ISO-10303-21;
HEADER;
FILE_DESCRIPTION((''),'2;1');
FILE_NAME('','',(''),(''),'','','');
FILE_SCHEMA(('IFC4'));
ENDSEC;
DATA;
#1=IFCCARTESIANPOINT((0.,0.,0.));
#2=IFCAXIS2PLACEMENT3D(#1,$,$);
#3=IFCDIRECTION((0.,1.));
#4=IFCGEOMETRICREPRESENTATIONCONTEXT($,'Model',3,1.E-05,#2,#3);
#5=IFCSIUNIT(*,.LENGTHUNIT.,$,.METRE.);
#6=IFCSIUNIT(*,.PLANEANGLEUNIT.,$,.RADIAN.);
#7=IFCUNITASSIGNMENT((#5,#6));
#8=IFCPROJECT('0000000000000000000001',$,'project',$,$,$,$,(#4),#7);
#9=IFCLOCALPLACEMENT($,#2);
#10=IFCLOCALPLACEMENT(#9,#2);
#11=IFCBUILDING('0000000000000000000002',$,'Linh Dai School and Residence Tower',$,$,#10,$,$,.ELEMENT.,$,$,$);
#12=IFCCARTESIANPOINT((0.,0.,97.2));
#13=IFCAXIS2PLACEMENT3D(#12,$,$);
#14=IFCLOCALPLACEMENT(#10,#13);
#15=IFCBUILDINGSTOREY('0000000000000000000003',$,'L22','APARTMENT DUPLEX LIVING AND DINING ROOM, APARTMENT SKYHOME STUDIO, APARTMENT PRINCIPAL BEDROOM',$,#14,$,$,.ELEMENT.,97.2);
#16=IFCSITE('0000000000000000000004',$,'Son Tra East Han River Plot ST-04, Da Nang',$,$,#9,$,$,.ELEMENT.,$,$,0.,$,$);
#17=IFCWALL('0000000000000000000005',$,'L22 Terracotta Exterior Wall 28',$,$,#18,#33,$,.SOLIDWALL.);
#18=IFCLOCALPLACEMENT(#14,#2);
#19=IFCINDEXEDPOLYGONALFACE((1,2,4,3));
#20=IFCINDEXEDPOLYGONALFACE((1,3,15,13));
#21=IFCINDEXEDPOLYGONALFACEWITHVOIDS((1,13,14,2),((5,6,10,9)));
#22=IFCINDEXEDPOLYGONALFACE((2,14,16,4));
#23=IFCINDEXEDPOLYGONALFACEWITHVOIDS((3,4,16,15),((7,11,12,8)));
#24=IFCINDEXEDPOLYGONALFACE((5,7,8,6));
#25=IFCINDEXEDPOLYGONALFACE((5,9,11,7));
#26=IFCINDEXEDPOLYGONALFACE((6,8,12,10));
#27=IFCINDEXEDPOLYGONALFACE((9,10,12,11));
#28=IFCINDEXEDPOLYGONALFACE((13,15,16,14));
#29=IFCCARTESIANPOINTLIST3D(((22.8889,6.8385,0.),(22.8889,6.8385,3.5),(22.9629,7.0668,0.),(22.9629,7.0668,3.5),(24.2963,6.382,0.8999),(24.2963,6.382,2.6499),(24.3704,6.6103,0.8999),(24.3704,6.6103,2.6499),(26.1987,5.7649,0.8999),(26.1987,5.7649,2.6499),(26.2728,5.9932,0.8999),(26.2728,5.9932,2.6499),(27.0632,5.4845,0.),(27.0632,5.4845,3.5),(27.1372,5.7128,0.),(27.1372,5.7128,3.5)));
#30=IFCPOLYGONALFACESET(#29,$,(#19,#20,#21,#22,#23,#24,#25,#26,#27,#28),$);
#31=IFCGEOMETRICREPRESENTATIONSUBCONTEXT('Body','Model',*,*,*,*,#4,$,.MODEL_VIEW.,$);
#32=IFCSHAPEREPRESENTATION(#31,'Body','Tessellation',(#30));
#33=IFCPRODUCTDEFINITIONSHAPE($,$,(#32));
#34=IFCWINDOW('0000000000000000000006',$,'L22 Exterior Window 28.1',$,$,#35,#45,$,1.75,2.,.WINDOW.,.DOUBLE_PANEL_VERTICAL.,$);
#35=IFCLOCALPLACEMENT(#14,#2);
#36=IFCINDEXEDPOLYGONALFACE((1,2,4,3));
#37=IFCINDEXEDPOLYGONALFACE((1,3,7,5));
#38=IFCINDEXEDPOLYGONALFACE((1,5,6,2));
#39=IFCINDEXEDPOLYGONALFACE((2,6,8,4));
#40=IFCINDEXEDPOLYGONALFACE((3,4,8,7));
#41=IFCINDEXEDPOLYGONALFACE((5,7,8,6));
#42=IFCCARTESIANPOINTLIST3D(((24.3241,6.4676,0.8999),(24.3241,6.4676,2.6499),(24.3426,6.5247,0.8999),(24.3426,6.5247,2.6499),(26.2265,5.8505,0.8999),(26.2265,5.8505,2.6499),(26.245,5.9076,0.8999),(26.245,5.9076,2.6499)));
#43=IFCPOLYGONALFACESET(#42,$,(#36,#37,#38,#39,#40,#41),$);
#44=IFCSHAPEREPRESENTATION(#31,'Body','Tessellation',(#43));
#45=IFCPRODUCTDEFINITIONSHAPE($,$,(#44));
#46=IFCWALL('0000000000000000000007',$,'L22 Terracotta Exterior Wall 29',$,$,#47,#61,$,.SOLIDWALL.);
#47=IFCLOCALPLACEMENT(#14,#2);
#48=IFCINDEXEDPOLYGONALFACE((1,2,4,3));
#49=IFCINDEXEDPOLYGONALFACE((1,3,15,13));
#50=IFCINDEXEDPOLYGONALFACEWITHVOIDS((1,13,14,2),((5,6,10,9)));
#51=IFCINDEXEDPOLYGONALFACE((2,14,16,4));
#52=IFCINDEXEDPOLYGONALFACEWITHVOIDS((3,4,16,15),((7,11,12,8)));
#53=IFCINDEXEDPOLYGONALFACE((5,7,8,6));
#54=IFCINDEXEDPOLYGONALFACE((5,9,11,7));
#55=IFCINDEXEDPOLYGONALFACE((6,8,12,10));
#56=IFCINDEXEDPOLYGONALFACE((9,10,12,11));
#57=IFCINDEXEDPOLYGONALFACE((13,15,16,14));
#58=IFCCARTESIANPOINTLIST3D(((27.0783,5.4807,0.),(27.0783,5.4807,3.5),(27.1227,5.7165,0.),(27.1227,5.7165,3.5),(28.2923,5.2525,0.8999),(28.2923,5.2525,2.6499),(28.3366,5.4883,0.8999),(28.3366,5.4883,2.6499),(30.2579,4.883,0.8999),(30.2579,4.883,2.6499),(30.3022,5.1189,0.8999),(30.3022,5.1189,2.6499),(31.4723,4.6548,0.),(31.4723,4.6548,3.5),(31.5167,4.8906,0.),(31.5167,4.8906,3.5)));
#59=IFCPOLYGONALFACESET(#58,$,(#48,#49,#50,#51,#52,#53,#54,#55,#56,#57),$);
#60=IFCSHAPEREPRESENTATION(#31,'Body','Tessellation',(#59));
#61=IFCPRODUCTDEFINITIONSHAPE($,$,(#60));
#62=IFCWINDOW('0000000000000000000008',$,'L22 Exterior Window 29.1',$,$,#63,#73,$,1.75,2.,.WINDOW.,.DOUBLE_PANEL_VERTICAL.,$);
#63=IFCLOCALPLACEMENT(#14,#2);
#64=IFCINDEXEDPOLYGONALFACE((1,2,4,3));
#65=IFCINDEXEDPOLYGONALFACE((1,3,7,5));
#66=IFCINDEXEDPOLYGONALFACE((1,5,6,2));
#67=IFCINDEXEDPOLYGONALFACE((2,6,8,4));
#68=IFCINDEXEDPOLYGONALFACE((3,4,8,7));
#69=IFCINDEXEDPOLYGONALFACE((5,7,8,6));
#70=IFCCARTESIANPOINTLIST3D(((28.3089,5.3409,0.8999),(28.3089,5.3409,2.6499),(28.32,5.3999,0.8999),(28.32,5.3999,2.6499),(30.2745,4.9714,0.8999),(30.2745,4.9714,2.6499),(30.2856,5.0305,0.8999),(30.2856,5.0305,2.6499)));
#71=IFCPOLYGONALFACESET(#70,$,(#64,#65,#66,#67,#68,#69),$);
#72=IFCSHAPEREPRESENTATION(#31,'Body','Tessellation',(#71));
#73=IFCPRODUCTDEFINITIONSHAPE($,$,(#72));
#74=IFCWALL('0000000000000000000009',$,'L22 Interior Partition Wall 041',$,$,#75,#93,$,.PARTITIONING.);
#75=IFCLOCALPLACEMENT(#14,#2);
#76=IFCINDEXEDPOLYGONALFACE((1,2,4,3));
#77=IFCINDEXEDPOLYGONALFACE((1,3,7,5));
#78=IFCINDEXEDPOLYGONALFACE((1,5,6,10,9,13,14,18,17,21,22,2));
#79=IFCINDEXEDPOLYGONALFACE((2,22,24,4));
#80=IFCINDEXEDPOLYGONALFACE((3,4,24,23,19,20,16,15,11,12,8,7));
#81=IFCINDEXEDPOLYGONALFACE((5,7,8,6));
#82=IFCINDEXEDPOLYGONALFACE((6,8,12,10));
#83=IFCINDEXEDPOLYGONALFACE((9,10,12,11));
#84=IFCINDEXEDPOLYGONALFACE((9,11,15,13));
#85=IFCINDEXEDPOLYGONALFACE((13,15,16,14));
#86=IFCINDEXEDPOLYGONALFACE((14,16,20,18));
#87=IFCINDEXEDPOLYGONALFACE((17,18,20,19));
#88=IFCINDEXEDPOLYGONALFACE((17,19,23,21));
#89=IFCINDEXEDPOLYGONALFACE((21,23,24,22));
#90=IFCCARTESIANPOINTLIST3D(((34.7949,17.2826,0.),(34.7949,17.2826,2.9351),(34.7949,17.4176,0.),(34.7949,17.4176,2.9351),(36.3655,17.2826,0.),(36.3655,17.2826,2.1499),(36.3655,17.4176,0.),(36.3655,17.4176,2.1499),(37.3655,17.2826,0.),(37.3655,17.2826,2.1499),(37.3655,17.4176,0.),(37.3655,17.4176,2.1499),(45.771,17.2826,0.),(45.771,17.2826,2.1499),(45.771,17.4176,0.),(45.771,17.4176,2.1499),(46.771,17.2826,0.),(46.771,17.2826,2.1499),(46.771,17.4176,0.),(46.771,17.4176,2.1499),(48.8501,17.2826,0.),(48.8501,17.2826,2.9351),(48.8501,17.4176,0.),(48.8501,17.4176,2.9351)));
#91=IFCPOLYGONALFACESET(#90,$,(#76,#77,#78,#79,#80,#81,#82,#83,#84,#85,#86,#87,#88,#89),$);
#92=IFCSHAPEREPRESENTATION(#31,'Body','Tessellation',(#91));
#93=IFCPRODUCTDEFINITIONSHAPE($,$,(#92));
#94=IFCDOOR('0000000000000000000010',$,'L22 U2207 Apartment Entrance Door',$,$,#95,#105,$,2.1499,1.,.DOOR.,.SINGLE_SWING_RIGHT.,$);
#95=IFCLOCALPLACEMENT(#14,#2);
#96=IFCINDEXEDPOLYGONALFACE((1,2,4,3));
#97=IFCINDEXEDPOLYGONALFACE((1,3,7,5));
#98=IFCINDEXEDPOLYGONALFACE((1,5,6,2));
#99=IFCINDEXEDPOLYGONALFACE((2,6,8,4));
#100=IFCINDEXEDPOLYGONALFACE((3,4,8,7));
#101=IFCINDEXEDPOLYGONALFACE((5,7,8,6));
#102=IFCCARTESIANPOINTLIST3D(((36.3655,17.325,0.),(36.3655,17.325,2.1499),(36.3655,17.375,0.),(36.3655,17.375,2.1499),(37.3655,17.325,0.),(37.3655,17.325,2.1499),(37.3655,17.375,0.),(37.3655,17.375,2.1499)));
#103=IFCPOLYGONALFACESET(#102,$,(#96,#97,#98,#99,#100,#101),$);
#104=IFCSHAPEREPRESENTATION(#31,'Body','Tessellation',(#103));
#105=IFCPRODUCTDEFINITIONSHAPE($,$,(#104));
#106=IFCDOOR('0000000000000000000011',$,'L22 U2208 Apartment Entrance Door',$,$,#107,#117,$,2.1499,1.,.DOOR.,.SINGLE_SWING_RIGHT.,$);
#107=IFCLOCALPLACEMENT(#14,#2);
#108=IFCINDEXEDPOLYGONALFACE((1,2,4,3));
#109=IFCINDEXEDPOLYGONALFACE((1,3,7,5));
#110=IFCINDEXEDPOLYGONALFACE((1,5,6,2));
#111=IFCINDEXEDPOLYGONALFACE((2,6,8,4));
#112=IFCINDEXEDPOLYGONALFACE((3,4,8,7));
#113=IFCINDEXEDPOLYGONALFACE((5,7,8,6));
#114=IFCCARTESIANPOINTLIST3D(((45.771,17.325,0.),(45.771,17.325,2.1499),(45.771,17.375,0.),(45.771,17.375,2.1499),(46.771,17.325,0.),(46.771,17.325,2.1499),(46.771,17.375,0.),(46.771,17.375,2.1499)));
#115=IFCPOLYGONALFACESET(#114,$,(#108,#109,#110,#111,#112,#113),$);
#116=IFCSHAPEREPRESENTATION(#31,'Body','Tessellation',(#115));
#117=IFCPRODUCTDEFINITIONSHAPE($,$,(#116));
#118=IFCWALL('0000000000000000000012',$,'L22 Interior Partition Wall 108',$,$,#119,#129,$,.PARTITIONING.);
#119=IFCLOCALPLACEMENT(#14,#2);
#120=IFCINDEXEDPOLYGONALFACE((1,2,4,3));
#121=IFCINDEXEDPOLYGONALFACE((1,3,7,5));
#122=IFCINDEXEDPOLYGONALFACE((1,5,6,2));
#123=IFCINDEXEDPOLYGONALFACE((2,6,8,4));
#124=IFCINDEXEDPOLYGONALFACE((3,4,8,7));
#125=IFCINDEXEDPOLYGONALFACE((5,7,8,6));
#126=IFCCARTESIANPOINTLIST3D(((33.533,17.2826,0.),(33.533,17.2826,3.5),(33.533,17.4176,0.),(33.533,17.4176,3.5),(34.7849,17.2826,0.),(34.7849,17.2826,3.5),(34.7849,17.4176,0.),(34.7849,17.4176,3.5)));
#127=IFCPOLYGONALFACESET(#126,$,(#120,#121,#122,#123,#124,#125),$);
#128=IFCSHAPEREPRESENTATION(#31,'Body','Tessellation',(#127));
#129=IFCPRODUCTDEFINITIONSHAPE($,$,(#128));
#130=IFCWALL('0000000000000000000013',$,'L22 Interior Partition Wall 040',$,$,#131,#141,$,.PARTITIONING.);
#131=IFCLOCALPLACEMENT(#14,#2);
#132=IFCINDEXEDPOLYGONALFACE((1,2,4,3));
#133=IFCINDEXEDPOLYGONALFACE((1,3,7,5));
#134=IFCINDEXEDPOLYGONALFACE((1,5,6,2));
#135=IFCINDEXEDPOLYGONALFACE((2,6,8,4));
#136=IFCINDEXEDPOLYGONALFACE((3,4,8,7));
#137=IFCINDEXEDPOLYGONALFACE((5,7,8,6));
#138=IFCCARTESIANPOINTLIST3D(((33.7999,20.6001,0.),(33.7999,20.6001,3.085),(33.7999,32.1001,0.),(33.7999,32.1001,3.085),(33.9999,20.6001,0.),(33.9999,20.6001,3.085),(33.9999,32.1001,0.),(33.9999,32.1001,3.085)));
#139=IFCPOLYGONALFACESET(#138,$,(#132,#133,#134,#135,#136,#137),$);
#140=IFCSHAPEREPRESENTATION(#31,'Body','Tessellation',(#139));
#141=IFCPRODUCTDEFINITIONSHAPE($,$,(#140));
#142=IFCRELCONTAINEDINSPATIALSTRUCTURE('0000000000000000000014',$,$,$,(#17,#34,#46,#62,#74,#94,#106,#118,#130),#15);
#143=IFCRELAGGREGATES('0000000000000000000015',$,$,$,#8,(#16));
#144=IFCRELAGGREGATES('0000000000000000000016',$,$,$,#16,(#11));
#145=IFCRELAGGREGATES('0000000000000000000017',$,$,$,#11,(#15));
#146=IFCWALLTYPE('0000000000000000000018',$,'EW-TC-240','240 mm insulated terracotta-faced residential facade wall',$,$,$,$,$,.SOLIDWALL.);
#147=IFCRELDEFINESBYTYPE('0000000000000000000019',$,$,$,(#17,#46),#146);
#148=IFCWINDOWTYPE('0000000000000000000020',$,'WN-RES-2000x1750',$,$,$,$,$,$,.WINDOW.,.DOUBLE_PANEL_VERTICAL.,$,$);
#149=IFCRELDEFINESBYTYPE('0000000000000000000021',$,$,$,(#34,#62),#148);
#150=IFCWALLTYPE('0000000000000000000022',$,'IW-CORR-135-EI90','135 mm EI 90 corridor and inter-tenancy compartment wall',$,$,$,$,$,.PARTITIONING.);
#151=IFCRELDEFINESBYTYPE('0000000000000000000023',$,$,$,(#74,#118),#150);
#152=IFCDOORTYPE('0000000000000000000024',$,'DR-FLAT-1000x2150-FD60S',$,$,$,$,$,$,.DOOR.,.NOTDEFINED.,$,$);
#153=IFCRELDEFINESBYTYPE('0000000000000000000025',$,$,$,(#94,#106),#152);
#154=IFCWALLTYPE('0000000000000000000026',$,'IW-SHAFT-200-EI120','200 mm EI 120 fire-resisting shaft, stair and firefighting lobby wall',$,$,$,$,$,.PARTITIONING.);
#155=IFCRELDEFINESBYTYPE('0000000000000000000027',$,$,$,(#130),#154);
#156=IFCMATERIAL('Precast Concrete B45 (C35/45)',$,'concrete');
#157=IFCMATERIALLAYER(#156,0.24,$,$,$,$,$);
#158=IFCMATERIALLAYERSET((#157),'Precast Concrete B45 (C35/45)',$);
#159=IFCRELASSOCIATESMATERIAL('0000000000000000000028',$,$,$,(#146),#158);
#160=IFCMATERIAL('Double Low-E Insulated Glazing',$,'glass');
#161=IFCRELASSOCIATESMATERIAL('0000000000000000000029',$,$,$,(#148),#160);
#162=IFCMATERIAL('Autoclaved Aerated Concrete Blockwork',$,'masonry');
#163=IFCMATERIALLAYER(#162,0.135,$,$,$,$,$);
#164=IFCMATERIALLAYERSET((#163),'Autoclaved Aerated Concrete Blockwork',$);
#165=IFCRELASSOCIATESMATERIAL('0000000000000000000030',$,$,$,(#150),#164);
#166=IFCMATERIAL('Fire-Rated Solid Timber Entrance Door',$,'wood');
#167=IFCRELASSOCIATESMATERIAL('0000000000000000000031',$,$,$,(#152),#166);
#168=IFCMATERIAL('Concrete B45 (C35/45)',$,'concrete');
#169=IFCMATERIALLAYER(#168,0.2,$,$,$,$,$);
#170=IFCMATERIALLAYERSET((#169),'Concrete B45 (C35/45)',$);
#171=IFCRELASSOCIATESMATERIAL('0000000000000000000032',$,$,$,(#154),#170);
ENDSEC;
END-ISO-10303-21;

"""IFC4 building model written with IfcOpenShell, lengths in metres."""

from ifc_helpers import new_model, si_unit, direction, frame, frame_2d, origin, origin_2d, place, context, subcontext, project, spatial, rectangle, extrude, source, transform, mapped, material, layer, layer_set, type_object, element, fill, save


model = new_model("IFC4")

# Units and contexts
model_context = context("Model", 3, precision=1e-05, world=origin(), true_north=direction((0.0, 1.0)))
body_context = subcontext(model_context, "Body", "Model", "MODEL_VIEW")
ifc_project = project(units=[si_unit("LENGTHUNIT", "METRE"), si_unit("PLANEANGLEUNIT", "RADIAN")], contexts=[model_context])

# Site, building, storey
site_placement = place(None, origin())
site = spatial("IfcSite", under=ifc_project, at=site_placement, Name="Son Tra East Han River Plot ST-04, Da Nang", CompositionType="ELEMENT", RefElevation=0.0)
building_placement = place(site_placement, origin())
building = spatial("IfcBuilding", under=site, at=building_placement, Name="Linh Dai School and Residence Tower", CompositionType="ELEMENT")
storey_placement = place(building_placement, frame((0.0, 0.0, 97.2)))
storey = spatial("IfcBuildingStorey", under=building, at=storey_placement, Name="L22", Description="APARTMENT DUPLEX LIVING AND DINING ROOM, APARTMENT SKYHOME STUDIO, APARTMENT PRINCIPAL BEDROOM", CompositionType="ELEMENT", Elevation=97.2)

# Shared definitions
ifc_material_1 = material(Name="Precast Concrete B45 (C35/45)", Category="concrete")

# Walls, openings, windows
ifc_layer_1 = layer(ifc_material_1, 0.24)
ifc_layer_set_1 = layer_set([ifc_layer_1], Name="Precast Concrete B45 (C35/45)")
wall_type_1 = type_object("IfcWallType", Name="EW-TC-240", Description="240 mm insulated terracotta-faced residential facade wall", PredefinedType="SOLIDWALL", material=ifc_layer_set_1)
wall_1_placement = place(storey_placement, frame((27.1003, 5.5986, 0.0), z_axis=(0.0, 0.0, 1.0), x_axis=(-0.951211, 0.30854, 0.0)))
wall_1 = element("IfcWall", 1, at=wall_1_placement, inside=storey, type_object=wall_type_1, Name="L22 Terracotta Exterior Wall 28", PredefinedType="SOLIDWALL", context=body_context, shape_type="SweptSolid", body=[
    extrude(rectangle(XDim=4.3884, YDim=0.24, at=frame_2d((2.1943, 0.0))), origin(), (0.0, 0.0, 1.0), 3.5),
])
opening_1_placement = place(wall_1_placement, frame((0.9089, 0.0, 0.8999)))
opening_1 = element("IfcOpeningElement", 2, at=opening_1_placement, cuts=wall_1, PredefinedType="OPENING", context=body_context, shape_type="SweptSolid", body=[
    extrude(rectangle(XDim=2.0, YDim=1.75, at=origin_2d()), frame((1.0, 0.1299, 0.875), z_axis=(0.0, -1.0, 0.0), x_axis=(1.0, 0.0, 0.0)), (0.0, 0.0, 1.0), 0.26),
])
ifc_material_2 = material(Name="Double Low-E Insulated Glazing", Category="glass")
window_type = type_object("IfcWindowType", Name="WN-RES-2000x1750", PartitioningType="DOUBLE_PANEL_VERTICAL", PredefinedType="WINDOW", material=ifc_material_2)
shared_shape_1 = source(origin(), body_context, "Body", "SweptSolid", [
    extrude(rectangle(XDim=2.0, YDim=1.75, at=origin_2d()), frame((1.0, 0.03, 0.875), z_axis=(0.0, -1.0, 0.0), x_axis=(1.0, 0.0, 0.0)), (0.0, 0.0, 1.0), 0.0601),
])
window_1_placement = place(opening_1_placement, origin())
window_1 = element("IfcWindow", 3, at=window_1_placement, inside=storey, type_object=window_type, Name="L22 Exterior Window 28.1", OverallHeight=1.75, OverallWidth=2.0, PartitioningType="DOUBLE_PANEL_VERTICAL", PredefinedType="WINDOW", context=body_context, shape_type="MappedRepresentation", body=[
    mapped(shared_shape_1, transform((0.0, 0.0, 0.0), x_axis=(1.0, 0.0, 0.0), y_axis=(0.0, 1.0, 0.0), z_axis=(0.0, 0.0, 1.0), scale=1.0)),
])
fill(opening_1, window_1)
wall_2_placement = place(storey_placement, frame((31.4944, 4.7727, 0.0), z_axis=(0.0, 0.0, 1.0), x_axis=(-0.982789, 0.18473, 0.0)))
wall_2 = element("IfcWall", 4, at=wall_2_placement, inside=storey, type_object=wall_type_1, Name="L22 Terracotta Exterior Wall 29", PredefinedType="SOLIDWALL", context=body_context, shape_type="SweptSolid", body=[
    extrude(rectangle(XDim=4.4709, YDim=0.24, at=frame_2d((2.2354, 0.0))), origin(), (0.0, 0.0, 1.0), 3.5),
])
opening_2_placement = place(wall_2_placement, frame((1.2356, 0.0, 0.8999)))
opening_2 = element("IfcOpeningElement", 5, at=opening_2_placement, cuts=wall_2, PredefinedType="OPENING", context=body_context, shape_type="SweptSolid", body=[
    extrude(rectangle(XDim=2.0, YDim=1.75, at=origin_2d()), frame((1.0, 0.1299, 0.875), z_axis=(0.0, -1.0, 0.0), x_axis=(1.0, 0.0, 0.0)), (0.0, 0.0, 1.0), 0.26),
])
window_2_placement = place(opening_2_placement, origin())
window_2 = element("IfcWindow", 6, at=window_2_placement, inside=storey, type_object=window_type, Name="L22 Exterior Window 29.1", OverallHeight=1.75, OverallWidth=2.0, PartitioningType="DOUBLE_PANEL_VERTICAL", PredefinedType="WINDOW", context=body_context, shape_type="MappedRepresentation", body=[
    mapped(shared_shape_1, transform((0.0, 0.0, 0.0), x_axis=(1.0, 0.0, 0.0), y_axis=(0.0, 1.0, 0.0), z_axis=(0.0, 0.0, 1.0), scale=1.0)),
])
fill(opening_2, window_2)

# Wall, openings, doors
ifc_material_3 = material(Name="Autoclaved Aerated Concrete Blockwork", Category="masonry")
ifc_layer_2 = layer(ifc_material_3, 0.135)
ifc_layer_set_2 = layer_set([ifc_layer_2], Name="Autoclaved Aerated Concrete Blockwork")
wall_type_2 = type_object("IfcWallType", Name="IW-CORR-135-EI90", Description="135 mm EI 90 corridor and inter-tenancy compartment wall", PredefinedType="PARTITIONING", material=ifc_layer_set_2)
wall_3_placement = place(storey_placement, frame((34.7949, 17.3501, 0.0), z_axis=(0.0, 0.0, 1.0), x_axis=(1.0, 0.0, 0.0)))
wall_3 = element("IfcWall", 7, at=wall_3_placement, inside=storey, type_object=wall_type_2, Name="L22 Interior Partition Wall 041", PredefinedType="PARTITIONING", context=body_context, shape_type="SweptSolid", body=[
    extrude(rectangle(XDim=14.0552, YDim=0.135, at=frame_2d((7.0276, 0.0))), origin(), (0.0, 0.0, 1.0), 2.9351),
])
opening_3_placement = place(wall_3_placement, frame((1.5706, 0.0, 0.0)))
opening_3 = element("IfcOpeningElement", 8, at=opening_3_placement, cuts=wall_3, PredefinedType="OPENING", context=body_context, shape_type="SweptSolid", body=[
    extrude(rectangle(XDim=1.0, YDim=2.1499, at=origin_2d()), frame((0.5, 0.0776, 1.075), z_axis=(0.0, -1.0, 0.0), x_axis=(1.0, 0.0, 0.0)), (0.0, 0.0, 1.0), 0.155),
])
opening_4_placement = place(wall_3_placement, frame((10.9761, 0.0, 0.0)))
opening_4 = element("IfcOpeningElement", 9, at=opening_4_placement, cuts=wall_3, PredefinedType="OPENING", context=body_context, shape_type="SweptSolid", body=[
    extrude(rectangle(XDim=1.0, YDim=2.1499, at=origin_2d()), frame((0.5, 0.0776, 1.075), z_axis=(0.0, -1.0, 0.0), x_axis=(1.0, 0.0, 0.0)), (0.0, 0.0, 1.0), 0.155),
])
ifc_material_4 = material(Name="Fire-Rated Solid Timber Entrance Door", Category="wood")
door_type_1 = type_object("IfcDoorType", Name="DR-FLAT-1000x2150-FD60S", OperationType="NOTDEFINED", PredefinedType="DOOR", material=ifc_material_4)
shared_shape_2 = source(origin(), body_context, "Body", "SweptSolid", [
    extrude(rectangle(XDim=1.0, YDim=2.1499, at=origin_2d()), frame((0.5, 0.0249, 1.075), z_axis=(0.0, -1.0, 0.0), x_axis=(1.0, 0.0, 0.0)), (0.0, 0.0, 1.0), 0.05),
])
door_1_placement = place(opening_3_placement, origin())
door_1 = element("IfcDoor", 10, at=door_1_placement, inside=storey, type_object=door_type_1, Name="L22 U2207 Apartment Entrance Door", OperationType="SINGLE_SWING_RIGHT", OverallHeight=2.1499, OverallWidth=1.0, PredefinedType="DOOR", context=body_context, shape_type="MappedRepresentation", body=[
    mapped(shared_shape_2, transform((0.0, 0.0, 0.0), x_axis=(1.0, 0.0, 0.0), y_axis=(0.0, 1.0, 0.0), z_axis=(0.0, 0.0, 1.0), scale=1.0)),
])
fill(opening_3, door_1)
door_2_placement = place(opening_4_placement, origin())
door_2 = element("IfcDoor", 11, at=door_2_placement, inside=storey, type_object=door_type_1, Name="L22 U2208 Apartment Entrance Door", OperationType="SINGLE_SWING_RIGHT", OverallHeight=2.1499, OverallWidth=1.0, PredefinedType="DOOR", context=body_context, shape_type="MappedRepresentation", body=[
    mapped(shared_shape_2, transform((0.0, 0.0, 0.0), x_axis=(1.0, 0.0, 0.0), y_axis=(0.0, 1.0, 0.0), z_axis=(0.0, 0.0, 1.0), scale=1.0)),
])
fill(opening_4, door_2)

# Walls
wall_4_placement = place(storey_placement, frame((34.7849, 17.3501, 0.0), z_axis=(0.0, 0.0, 1.0), x_axis=(-1.0, 0.0, 0.0)))
element("IfcWall", 12, at=wall_4_placement, inside=storey, type_object=wall_type_2, Name="L22 Interior Partition Wall 108", PredefinedType="PARTITIONING", context=body_context, shape_type="SweptSolid", body=[
    extrude(rectangle(XDim=1.252, YDim=0.135, at=frame_2d((0.626, 0.0))), origin(), (0.0, 0.0, 1.0), 3.5),
])
ifc_material_5 = material(Name="Concrete B45 (C35/45)", Category="concrete")
ifc_layer_3 = layer(ifc_material_5, 0.2)
ifc_layer_set_3 = layer_set([ifc_layer_3], Name="Concrete B45 (C35/45)")
wall_type_3 = type_object("IfcWallType", Name="IW-SHAFT-200-EI120", Description="200 mm EI 120 fire-resisting shaft, stair and firefighting lobby wall", PredefinedType="PARTITIONING", material=ifc_layer_set_3)
wall_5_placement = place(storey_placement, frame((33.8999, 20.6001, 0.0), z_axis=(0.0, 0.0, 1.0), x_axis=(0.0, 1.0, 0.0)))
element("IfcWall", 13, at=wall_5_placement, inside=storey, type_object=wall_type_3, Name="L22 Interior Partition Wall 040", PredefinedType="PARTITIONING", context=body_context, shape_type="SweptSolid", body=[
    extrude(rectangle(XDim=11.5, YDim=0.2, at=frame_2d((5.75, 0.0))), origin(), (0.0, 0.0, 1.0), 3.085),
])

save(model, "model.ifc")
